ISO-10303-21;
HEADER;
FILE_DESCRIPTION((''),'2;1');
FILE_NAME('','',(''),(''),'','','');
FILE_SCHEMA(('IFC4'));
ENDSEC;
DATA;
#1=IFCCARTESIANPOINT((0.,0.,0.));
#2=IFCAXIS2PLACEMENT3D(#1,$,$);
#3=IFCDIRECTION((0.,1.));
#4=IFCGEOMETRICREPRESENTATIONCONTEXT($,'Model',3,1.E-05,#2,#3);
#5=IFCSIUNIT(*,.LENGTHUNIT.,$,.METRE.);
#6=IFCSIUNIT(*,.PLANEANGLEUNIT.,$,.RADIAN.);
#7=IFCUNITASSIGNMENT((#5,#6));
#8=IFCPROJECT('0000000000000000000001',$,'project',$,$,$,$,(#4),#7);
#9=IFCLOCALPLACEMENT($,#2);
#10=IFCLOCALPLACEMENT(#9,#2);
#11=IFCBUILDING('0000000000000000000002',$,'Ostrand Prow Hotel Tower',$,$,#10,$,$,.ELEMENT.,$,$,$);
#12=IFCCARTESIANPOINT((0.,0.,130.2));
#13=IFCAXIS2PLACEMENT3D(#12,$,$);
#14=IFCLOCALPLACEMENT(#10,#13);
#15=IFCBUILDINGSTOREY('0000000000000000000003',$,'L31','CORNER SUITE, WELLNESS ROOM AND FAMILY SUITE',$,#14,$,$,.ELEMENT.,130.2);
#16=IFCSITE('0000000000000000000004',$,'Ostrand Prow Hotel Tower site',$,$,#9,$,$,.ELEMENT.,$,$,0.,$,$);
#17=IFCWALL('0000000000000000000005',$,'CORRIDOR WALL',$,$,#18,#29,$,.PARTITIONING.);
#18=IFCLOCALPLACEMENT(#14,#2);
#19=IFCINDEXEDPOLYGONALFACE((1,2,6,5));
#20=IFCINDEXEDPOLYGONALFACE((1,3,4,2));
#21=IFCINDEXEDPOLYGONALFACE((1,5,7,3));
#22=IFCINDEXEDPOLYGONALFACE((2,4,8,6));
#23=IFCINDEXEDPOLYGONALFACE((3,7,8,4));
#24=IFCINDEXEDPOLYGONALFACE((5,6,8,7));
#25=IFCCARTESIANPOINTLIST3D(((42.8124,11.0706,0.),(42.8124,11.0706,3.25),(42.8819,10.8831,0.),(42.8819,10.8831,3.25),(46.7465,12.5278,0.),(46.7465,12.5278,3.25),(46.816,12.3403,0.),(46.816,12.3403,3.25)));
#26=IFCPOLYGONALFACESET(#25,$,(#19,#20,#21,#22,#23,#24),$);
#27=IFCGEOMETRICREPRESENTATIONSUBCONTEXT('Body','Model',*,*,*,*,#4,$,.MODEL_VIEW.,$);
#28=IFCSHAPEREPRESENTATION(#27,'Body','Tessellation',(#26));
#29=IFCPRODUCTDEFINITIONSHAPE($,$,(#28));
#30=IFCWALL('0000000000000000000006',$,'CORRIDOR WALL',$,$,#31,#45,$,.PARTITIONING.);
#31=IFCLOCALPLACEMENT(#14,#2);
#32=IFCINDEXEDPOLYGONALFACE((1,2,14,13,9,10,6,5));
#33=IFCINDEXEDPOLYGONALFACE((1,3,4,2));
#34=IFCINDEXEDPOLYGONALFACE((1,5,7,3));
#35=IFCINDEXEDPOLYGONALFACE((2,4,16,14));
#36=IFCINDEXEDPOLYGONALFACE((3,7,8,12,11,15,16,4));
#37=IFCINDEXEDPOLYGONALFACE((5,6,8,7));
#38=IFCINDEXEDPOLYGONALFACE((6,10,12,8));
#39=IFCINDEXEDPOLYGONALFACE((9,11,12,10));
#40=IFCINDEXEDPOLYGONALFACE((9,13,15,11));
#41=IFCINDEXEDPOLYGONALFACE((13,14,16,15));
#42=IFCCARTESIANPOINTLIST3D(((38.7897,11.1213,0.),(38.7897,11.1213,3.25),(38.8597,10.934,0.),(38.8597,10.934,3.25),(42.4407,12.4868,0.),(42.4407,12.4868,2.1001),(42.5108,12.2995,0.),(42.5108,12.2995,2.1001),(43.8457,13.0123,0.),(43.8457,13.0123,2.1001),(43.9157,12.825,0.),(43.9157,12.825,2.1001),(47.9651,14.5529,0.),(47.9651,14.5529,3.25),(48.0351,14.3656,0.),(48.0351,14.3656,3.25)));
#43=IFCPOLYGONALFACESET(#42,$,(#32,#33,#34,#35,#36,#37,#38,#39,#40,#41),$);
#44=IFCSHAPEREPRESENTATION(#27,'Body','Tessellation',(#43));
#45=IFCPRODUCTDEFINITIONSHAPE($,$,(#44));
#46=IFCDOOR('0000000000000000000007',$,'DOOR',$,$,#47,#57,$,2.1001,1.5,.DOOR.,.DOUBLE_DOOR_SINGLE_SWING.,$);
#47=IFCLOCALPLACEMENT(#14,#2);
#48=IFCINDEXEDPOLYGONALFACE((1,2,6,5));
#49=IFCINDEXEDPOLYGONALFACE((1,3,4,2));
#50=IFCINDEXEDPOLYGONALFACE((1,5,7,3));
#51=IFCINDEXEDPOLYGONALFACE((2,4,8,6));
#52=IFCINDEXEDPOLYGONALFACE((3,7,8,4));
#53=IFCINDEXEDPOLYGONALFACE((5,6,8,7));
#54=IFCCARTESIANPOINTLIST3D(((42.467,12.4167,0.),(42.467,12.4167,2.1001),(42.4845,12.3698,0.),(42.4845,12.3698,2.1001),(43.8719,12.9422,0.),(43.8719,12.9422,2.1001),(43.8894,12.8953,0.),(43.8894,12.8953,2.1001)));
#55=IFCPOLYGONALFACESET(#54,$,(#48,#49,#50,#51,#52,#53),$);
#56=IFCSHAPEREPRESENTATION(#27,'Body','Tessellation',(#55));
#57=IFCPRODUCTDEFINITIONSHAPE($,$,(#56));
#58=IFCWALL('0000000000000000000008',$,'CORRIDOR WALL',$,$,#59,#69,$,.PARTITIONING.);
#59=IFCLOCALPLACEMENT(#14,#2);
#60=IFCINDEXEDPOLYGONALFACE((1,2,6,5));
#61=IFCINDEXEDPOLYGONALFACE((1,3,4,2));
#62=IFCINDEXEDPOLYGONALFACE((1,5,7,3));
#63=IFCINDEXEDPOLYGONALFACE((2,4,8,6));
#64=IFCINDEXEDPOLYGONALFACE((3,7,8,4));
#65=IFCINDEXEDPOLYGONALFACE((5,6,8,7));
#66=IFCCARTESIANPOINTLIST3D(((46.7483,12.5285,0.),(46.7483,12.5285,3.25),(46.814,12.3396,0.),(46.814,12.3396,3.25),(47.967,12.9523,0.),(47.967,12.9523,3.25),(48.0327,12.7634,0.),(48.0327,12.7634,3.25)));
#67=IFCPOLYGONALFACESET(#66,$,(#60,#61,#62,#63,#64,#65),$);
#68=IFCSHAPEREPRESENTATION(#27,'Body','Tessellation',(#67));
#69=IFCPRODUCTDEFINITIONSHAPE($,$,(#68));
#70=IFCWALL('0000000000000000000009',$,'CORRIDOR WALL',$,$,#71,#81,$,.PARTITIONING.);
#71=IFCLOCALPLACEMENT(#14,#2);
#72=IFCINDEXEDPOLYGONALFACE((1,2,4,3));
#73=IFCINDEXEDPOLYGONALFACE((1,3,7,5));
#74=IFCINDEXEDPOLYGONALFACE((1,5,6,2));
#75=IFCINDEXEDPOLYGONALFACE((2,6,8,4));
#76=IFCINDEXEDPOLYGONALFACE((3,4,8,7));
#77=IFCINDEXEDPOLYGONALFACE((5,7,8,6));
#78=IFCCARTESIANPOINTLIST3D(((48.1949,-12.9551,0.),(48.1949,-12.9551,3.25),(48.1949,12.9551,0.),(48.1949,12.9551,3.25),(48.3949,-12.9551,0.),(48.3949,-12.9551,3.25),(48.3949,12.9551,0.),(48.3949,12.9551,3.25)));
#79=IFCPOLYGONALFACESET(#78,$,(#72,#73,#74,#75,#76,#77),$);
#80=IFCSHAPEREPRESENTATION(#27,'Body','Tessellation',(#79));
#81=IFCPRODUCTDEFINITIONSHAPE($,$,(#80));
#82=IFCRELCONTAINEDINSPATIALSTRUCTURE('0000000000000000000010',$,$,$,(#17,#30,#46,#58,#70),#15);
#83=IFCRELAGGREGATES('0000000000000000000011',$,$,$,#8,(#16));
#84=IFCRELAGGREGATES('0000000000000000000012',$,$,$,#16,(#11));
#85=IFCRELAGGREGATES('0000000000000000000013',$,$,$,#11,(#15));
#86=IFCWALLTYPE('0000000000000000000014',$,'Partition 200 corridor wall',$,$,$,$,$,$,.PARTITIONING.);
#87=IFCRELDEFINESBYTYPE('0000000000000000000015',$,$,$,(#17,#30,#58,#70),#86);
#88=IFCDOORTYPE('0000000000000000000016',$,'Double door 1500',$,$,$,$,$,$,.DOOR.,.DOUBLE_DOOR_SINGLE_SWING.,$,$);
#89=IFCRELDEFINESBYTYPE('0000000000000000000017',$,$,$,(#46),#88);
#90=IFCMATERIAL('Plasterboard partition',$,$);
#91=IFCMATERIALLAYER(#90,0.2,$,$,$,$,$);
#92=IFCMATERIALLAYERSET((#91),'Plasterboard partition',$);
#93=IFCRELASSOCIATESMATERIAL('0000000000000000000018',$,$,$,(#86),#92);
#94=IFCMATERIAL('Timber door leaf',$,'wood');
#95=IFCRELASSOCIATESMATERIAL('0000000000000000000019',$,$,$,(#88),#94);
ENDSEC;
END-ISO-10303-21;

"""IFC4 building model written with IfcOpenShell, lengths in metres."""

from ifc_helpers import new_model, si_unit, direction, frame, frame_2d, origin, place, context, subcontext, project, spatial, rectangle, extrude, material, layer, layer_set, type_object, element, fill, save


model = new_model("IFC4")

# Units and contexts
model_context = context("Model", 3, precision=1e-05, world=origin(), true_north=direction((0.0, 1.0)))
body_context = subcontext(model_context, "Body", "Model", "MODEL_VIEW")
ifc_project = project(units=[si_unit("LENGTHUNIT", "METRE"), si_unit("PLANEANGLEUNIT", "RADIAN")], contexts=[model_context])

# Site, building, storey
site_placement = place(None, origin())
site = spatial("IfcSite", under=ifc_project, at=site_placement, Name="Ostrand Prow Hotel Tower site", CompositionType="ELEMENT", RefElevation=0.0)
building_placement = place(site_placement, origin())
building = spatial("IfcBuilding", under=site, at=building_placement, Name="Ostrand Prow Hotel Tower", CompositionType="ELEMENT")
storey_placement = place(building_placement, frame((0.0, 0.0, 130.2)))
storey = spatial("IfcBuildingStorey", under=building, at=storey_placement, Name="L31", Description="CORNER SUITE, WELLNESS ROOM AND FAMILY SUITE", CompositionType="ELEMENT", Elevation=130.2)

# Wall
ifc_material_1 = material(Name="Plasterboard partition")
ifc_layer_1 = layer(ifc_material_1, 0.2)
ifc_layer_set_1 = layer_set([ifc_layer_1], Name="Plasterboard partition")
wall_type_1 = type_object("IfcWallType", Name="Partition 200 corridor wall", PredefinedType="PARTITIONING", material=ifc_layer_set_1)
wall_1_placement = place(storey_placement, frame((42.8472, 10.9768, 0.0), z_axis=(0.0, 0.0, 1.0), x_axis=(0.937733, 0.347358, 0.0)))
element("IfcWall", 1, at=wall_1_placement, inside=storey, type_object=wall_type_1, Name="CORRIDOR WALL", PredefinedType="PARTITIONING", context=body_context, shape_type="SweptSolid", body=[
    extrude(rectangle(XDim=4.1953, YDim=0.2, at=frame_2d((2.0977, 0.0))), origin(), (0.0, 0.0, 1.0), 3.25),
])

# Wall, opening, door
wall_2_placement = place(storey_placement, frame((48.0, 14.4592, 0.0), z_axis=(0.0, 0.0, 1.0), x_axis=(-0.936637, -0.350301, 0.0)))
wall_2 = element("IfcWall", 2, at=wall_2_placement, inside=storey, type_object=wall_type_1, Name="CORRIDOR WALL", PredefinedType="PARTITIONING", context=body_context, shape_type="SweptSolid", body=[
    extrude(rectangle(XDim=9.7961, YDim=0.2, at=frame_2d((4.8979, 0.0))), origin(), (0.0, 0.0, 1.0), 3.25),
])
opening_1_placement = place(wall_2_placement, frame((4.3979, 0.0, 0.0)))
opening_1 = element("IfcOpeningElement", 3, at=opening_1_placement, cuts=wall_2, PredefinedType="OPENING", context=body_context, shape_type="SweptSolid", body=[
    extrude(rectangle(XDim=1.5, YDim=2.1001, at=frame_2d((0.75, 1.05))), frame((0.0, 0.1099, 0.0), z_axis=(0.0, -1.0, 0.0), x_axis=(1.0, 0.0, 0.0)), (0.0, 0.0, 1.0), 0.22),
])
ifc_material_2 = material(Name="Timber door leaf", Category="wood")
door_type_1 = type_object("IfcDoorType", Name="Double door 1500", OperationType="DOUBLE_DOOR_SINGLE_SWING", PredefinedType="DOOR", material=ifc_material_2)
door_1_placement = place(opening_1_placement, origin())
door_1 = element("IfcDoor", 4, at=door_1_placement, inside=storey, type_object=door_type_1, Name="DOOR", OperationType="DOUBLE_DOOR_SINGLE_SWING", OverallHeight=2.1001, OverallWidth=1.5, PredefinedType="DOOR", context=body_context, shape_type="SweptSolid", body=[
    extrude(rectangle(XDim=1.5, YDim=2.1001, at=frame_2d((0.75, 1.05))), frame((0.0, 0.0249, 0.0), z_axis=(0.0, -1.0, 0.0), x_axis=(1.0, 0.0, 0.0)), (0.0, 0.0, 1.0), 0.05),
])
fill(opening_1, door_1)

# Walls
wall_3_placement = place(storey_placement, frame((46.7812, 12.4341, 0.0), z_axis=(0.0, 0.0, 1.0), x_axis=(0.944517, 0.328462, 0.0)))
element("IfcWall", 5, at=wall_3_placement, inside=storey, type_object=wall_type_1, Name="CORRIDOR WALL", PredefinedType="PARTITIONING", context=body_context, shape_type="SweptSolid", body=[
    extrude(rectangle(XDim=1.2903, YDim=0.2, at=frame_2d((0.645, 0.0))), origin(), (0.0, 0.0, 1.0), 3.25),
])
wall_4_placement = place(storey_placement, frame((48.2949, 12.9551, 0.0), z_axis=(0.0, 0.0, 1.0), x_axis=(0.0, -1.0, 0.0)))
element("IfcWall", 6, at=wall_4_placement, inside=storey, type_object=wall_type_1, Name="CORRIDOR WALL", PredefinedType="PARTITIONING", context=body_context, shape_type="SweptSolid", body=[
    extrude(rectangle(XDim=25.9102, YDim=0.2, at=frame_2d((12.9551, 0.0))), origin(), (0.0, 0.0, 1.0), 3.25),
])

save(model, "model.ifc")
